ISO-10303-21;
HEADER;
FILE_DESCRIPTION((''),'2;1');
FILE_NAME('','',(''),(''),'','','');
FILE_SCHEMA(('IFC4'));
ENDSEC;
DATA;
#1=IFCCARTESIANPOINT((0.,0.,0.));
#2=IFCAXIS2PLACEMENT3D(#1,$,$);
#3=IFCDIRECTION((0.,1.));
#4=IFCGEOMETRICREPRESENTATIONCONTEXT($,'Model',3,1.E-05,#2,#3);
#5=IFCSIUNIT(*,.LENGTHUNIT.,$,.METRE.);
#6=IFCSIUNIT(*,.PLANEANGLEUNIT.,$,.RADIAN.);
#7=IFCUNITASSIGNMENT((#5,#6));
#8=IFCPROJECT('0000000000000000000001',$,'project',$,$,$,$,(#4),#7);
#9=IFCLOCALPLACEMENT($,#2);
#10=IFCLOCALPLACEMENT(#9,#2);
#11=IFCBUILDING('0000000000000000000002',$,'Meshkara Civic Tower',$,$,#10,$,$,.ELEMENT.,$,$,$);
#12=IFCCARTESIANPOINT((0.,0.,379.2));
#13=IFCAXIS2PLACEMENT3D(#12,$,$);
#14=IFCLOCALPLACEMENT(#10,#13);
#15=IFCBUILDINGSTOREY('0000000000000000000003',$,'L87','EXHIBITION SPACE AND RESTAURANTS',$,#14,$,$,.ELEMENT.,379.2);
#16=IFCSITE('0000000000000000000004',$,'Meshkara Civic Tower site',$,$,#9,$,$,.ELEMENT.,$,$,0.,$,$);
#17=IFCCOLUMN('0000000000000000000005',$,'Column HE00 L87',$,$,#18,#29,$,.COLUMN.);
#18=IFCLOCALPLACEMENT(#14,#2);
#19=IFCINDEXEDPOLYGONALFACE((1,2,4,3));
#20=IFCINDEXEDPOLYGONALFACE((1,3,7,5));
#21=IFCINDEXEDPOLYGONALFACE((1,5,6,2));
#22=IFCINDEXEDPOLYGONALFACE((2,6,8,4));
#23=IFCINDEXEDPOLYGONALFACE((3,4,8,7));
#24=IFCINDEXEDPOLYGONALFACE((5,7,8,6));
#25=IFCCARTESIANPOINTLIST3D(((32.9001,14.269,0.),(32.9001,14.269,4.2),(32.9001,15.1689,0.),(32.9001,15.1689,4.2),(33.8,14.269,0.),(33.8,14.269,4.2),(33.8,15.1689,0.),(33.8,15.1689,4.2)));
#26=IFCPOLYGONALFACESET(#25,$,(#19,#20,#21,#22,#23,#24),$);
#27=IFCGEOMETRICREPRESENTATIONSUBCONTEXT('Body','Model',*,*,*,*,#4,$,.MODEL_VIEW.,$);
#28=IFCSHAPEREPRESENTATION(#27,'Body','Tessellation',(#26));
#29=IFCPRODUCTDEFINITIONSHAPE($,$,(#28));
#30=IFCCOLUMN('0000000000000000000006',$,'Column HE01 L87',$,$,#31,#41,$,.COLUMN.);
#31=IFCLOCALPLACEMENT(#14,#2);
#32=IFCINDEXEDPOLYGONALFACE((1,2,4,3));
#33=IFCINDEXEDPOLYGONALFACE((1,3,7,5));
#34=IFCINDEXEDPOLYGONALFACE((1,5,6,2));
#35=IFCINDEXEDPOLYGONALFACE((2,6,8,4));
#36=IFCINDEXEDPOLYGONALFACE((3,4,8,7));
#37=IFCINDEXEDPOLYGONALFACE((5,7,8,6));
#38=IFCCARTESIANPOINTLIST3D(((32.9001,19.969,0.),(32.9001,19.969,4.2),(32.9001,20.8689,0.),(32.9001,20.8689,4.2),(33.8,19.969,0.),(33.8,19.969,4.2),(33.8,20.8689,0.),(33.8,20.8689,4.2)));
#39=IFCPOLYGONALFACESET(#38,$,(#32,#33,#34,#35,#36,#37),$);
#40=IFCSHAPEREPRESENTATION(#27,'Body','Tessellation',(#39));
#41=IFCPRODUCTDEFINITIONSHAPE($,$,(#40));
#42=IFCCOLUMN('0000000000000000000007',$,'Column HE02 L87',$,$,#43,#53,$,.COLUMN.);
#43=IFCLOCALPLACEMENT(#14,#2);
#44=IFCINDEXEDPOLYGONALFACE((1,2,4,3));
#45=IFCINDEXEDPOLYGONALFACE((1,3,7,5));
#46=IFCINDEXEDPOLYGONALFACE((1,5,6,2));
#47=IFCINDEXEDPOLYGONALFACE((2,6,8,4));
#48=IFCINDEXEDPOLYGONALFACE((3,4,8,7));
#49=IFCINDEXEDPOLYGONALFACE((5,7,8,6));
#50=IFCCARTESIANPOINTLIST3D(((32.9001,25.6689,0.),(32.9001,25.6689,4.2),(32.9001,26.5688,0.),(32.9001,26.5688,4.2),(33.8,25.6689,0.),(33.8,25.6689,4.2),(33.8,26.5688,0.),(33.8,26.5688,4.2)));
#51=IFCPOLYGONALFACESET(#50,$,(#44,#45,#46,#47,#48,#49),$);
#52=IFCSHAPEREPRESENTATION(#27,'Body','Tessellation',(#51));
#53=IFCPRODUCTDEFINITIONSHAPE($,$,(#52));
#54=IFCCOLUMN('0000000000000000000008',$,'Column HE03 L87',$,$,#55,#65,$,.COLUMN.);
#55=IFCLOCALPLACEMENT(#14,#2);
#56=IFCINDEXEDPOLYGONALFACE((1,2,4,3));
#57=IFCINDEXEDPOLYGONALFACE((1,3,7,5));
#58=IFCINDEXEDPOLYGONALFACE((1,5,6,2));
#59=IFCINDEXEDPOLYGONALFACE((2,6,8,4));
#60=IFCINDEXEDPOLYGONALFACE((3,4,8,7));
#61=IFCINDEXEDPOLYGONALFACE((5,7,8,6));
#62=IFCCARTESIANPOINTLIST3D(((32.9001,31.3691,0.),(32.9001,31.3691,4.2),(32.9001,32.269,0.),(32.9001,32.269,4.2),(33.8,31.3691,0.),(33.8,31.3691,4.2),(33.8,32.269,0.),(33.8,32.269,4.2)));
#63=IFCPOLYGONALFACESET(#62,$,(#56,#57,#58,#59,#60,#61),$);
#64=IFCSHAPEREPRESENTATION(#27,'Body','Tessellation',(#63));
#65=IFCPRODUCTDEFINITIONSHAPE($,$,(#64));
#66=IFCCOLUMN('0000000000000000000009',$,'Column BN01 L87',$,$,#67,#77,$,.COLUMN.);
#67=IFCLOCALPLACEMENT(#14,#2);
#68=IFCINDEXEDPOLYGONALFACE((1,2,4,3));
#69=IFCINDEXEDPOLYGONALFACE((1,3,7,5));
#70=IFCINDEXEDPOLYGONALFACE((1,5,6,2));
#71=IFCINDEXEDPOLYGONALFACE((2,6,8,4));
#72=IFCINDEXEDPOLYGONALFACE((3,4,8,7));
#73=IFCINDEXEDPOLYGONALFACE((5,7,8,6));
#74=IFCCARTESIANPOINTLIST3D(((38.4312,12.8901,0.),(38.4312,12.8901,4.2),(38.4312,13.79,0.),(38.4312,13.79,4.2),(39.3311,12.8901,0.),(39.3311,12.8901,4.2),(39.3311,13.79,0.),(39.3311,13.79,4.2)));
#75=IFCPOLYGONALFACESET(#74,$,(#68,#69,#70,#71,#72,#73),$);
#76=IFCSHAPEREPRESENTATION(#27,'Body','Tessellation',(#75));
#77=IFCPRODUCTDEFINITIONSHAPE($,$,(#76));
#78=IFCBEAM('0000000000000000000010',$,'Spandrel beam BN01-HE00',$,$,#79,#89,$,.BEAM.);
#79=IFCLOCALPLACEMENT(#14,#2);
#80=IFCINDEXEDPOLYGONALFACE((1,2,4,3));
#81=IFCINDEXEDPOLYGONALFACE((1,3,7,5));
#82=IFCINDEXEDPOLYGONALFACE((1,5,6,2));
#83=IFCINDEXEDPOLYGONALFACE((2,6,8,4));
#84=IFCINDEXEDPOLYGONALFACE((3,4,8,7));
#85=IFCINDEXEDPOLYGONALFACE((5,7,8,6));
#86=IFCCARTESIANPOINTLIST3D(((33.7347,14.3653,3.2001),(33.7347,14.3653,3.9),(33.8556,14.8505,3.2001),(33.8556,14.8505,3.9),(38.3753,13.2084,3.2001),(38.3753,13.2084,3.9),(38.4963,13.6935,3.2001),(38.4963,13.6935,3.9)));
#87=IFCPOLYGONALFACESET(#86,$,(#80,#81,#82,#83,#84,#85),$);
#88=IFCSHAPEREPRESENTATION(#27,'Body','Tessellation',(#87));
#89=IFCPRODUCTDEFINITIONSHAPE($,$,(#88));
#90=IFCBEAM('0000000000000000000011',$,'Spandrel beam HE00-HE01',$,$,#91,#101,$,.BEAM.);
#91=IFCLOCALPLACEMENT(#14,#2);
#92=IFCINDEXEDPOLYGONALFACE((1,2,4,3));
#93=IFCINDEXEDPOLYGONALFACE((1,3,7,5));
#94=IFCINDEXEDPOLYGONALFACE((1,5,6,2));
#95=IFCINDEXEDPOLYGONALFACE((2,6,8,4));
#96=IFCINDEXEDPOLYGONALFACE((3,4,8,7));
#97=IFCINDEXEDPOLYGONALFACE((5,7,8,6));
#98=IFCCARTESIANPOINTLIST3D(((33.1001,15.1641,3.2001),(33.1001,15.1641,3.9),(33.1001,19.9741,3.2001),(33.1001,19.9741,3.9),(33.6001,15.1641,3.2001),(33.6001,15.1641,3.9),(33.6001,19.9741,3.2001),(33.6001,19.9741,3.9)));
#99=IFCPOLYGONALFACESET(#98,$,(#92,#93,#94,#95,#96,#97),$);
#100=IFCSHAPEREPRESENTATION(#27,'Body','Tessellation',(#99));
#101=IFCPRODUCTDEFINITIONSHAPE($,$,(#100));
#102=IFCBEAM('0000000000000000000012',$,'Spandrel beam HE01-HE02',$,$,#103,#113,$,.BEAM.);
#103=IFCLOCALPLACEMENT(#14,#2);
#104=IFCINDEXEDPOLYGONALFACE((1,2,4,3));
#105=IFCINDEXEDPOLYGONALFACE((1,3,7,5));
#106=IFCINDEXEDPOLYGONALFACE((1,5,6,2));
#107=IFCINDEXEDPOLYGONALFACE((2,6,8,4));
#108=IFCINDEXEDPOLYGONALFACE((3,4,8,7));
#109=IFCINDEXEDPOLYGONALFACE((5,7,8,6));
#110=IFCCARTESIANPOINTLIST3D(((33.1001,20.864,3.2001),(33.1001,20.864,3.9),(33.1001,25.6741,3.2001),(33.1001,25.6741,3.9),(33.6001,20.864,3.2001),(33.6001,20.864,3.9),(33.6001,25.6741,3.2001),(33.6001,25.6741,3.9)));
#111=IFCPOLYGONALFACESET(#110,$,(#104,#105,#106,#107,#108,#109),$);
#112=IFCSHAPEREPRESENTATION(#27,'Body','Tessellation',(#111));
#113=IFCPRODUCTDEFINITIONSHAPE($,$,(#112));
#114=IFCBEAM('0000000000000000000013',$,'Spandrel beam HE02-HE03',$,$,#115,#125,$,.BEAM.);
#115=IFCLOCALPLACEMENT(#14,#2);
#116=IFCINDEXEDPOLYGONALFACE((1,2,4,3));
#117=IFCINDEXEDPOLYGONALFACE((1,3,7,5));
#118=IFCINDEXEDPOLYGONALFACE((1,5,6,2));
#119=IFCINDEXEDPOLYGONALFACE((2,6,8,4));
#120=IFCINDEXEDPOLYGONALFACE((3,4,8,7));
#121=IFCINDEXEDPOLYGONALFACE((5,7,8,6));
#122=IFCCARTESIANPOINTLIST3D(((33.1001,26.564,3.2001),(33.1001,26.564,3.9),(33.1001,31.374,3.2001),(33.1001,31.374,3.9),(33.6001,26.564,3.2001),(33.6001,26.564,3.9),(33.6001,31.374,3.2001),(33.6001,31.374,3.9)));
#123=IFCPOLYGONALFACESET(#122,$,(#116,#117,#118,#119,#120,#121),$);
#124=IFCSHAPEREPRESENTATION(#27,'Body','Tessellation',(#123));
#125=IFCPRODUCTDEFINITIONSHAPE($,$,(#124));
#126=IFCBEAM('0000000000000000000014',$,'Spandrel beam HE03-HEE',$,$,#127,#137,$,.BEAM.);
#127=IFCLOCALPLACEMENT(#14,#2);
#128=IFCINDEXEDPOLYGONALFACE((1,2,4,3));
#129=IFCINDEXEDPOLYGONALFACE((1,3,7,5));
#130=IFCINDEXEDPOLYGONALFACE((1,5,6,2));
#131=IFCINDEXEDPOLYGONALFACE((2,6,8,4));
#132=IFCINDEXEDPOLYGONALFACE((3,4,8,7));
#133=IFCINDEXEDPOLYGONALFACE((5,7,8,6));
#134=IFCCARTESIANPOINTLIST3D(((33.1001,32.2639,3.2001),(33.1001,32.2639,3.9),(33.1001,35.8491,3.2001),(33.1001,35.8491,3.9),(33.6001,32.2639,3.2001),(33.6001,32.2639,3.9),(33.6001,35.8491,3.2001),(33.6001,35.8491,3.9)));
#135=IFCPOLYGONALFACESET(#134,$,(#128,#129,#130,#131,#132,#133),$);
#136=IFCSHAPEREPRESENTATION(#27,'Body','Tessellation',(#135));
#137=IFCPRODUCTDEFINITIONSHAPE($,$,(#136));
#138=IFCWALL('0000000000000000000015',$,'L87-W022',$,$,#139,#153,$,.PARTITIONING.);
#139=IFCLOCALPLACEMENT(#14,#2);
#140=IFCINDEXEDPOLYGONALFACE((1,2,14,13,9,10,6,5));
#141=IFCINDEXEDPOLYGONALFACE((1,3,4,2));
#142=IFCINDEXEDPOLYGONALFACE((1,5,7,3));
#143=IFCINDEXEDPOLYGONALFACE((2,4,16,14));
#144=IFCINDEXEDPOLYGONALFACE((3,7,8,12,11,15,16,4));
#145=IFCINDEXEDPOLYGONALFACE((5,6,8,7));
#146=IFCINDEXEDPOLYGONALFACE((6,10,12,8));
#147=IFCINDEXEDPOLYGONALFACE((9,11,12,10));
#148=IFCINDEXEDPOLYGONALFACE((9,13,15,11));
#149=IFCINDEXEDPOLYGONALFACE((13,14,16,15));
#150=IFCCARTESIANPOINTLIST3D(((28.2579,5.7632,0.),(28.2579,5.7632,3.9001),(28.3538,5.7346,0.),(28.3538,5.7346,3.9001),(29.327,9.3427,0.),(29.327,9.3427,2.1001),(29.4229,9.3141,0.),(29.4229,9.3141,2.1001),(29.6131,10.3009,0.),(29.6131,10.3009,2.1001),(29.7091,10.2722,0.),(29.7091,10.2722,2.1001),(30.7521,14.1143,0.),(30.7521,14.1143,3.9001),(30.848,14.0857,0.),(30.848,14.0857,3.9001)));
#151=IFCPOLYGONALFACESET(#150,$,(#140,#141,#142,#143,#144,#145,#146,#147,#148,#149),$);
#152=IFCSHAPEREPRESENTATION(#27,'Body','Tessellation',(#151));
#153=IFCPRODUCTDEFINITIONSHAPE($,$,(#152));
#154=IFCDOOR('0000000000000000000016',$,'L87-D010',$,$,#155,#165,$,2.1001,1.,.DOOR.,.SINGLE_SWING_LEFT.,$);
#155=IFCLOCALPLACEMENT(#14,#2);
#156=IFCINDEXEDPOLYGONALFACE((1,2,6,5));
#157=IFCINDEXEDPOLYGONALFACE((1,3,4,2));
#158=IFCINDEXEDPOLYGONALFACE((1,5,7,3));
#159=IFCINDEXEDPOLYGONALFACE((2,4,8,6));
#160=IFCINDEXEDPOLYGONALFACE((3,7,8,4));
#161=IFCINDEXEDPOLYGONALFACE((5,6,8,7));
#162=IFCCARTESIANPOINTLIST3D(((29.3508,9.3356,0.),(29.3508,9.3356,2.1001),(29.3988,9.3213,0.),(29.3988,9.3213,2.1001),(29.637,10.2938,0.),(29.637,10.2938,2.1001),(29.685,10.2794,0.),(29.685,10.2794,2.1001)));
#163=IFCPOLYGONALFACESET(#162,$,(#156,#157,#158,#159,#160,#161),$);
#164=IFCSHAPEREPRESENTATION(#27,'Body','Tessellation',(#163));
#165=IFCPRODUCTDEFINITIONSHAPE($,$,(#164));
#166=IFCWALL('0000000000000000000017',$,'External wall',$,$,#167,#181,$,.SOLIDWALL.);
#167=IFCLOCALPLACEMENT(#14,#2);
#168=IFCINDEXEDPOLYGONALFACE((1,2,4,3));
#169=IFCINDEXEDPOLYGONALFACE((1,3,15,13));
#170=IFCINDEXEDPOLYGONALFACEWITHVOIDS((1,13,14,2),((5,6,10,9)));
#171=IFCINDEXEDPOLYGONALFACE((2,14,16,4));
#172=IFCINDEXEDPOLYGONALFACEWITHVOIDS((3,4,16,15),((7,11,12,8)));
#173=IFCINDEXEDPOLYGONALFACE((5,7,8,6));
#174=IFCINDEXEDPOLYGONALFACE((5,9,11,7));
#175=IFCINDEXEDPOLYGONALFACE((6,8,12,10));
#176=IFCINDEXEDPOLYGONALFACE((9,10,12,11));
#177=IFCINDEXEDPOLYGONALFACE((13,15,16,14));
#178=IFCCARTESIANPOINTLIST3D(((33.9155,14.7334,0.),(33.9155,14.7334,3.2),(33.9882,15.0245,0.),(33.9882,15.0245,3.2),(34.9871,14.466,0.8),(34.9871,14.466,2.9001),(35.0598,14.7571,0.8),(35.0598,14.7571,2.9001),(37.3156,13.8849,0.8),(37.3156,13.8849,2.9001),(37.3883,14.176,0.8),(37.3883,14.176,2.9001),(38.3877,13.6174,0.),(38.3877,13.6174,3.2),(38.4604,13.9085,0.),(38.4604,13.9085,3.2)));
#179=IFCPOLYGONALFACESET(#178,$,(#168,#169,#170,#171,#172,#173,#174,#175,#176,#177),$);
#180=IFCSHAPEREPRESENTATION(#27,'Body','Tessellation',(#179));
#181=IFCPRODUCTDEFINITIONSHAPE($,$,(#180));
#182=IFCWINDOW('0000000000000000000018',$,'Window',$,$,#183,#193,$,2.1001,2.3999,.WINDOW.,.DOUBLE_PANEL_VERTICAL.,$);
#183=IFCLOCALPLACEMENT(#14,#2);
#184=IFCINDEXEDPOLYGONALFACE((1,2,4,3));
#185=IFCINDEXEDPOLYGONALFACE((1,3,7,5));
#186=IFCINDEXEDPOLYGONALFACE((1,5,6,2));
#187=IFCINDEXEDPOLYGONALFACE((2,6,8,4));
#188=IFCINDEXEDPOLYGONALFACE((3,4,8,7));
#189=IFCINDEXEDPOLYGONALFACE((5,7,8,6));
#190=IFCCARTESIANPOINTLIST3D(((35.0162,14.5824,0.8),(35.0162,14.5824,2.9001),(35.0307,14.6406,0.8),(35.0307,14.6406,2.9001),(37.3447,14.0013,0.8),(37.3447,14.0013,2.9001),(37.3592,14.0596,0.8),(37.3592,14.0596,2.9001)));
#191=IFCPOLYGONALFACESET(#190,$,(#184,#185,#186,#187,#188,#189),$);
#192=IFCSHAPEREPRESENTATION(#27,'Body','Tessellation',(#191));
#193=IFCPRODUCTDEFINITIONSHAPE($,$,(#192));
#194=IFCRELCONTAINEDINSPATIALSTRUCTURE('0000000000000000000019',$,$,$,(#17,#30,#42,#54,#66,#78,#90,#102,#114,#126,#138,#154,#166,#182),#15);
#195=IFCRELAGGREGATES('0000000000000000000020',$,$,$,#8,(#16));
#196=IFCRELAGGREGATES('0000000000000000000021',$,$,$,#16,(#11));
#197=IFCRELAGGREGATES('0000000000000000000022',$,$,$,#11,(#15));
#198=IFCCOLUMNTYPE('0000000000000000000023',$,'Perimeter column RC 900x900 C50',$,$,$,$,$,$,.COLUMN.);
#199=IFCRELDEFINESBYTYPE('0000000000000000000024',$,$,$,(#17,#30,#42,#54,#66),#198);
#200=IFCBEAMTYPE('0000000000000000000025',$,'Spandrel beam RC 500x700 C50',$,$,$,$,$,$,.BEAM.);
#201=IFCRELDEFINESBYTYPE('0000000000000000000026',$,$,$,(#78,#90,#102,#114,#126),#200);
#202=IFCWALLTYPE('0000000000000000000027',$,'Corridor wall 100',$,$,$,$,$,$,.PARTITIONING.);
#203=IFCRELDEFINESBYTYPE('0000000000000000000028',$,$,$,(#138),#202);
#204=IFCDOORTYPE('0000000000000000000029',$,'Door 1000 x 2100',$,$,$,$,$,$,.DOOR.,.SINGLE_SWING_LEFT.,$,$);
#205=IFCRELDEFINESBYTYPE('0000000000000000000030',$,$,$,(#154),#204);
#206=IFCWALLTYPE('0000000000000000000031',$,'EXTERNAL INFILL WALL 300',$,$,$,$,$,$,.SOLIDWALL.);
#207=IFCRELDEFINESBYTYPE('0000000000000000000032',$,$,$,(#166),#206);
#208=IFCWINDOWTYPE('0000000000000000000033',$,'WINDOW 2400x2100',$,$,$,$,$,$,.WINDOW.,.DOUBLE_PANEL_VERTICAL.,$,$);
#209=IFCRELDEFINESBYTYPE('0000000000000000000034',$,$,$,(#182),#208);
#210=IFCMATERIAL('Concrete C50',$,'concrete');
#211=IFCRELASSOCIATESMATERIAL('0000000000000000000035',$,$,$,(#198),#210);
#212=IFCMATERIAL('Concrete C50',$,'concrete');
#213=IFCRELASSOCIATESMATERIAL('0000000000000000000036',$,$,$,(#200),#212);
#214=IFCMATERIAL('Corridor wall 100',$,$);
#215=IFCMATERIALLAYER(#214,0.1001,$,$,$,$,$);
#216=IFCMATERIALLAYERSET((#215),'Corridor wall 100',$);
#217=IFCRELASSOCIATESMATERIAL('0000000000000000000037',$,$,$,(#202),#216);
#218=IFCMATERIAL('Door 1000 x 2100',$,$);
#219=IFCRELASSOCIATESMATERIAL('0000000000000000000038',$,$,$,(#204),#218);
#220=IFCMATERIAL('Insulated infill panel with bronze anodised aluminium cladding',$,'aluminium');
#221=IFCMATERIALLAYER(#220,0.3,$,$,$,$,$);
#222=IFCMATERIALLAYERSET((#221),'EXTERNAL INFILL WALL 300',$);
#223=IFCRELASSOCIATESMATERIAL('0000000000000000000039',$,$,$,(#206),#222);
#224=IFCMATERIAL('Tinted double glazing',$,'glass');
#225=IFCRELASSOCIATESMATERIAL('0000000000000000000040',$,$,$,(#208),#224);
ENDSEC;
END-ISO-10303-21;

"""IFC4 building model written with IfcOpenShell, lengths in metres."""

from ifc_helpers import new_model, si_unit, direction, frame, frame_2d, origin, origin_2d, place, context, subcontext, project, spatial, rectangle, extrude, material, layer, layer_set, material_profile, profile_set, type_object, element, fill, save


model = new_model("IFC4")

# Units and contexts
model_context = context("Model", 3, precision=1e-05, world=origin(), true_north=direction((0.0, 1.0)))
body_context = subcontext(model_context, "Body", "Model", "MODEL_VIEW")
ifc_project = project(units=[si_unit("LENGTHUNIT", "METRE"), si_unit("PLANEANGLEUNIT", "RADIAN")], contexts=[model_context])

# Site, building, storey
site_placement = place(None, origin())
site = spatial("IfcSite", under=ifc_project, at=site_placement, Name="Meshkara Civic Tower site", CompositionType="ELEMENT", RefElevation=0.0)
building_placement = place(site_placement, origin())
building = spatial("IfcBuilding", under=site, at=building_placement, Name="Meshkara Civic Tower", CompositionType="ELEMENT")
storey_placement = place(building_placement, frame((0.0, 0.0, 379.2)))
storey = spatial("IfcBuildingStorey", under=building, at=storey_placement, Name="L87", Description="EXHIBITION SPACE AND RESTAURANTS", CompositionType="ELEMENT", Elevation=379.2)

# Columns
ifc_material_1 = material(Name="Concrete C50", Category="concrete")
ifc_material_profile_1 = material_profile(ifc_material_1, rectangle(XDim=0.8999, YDim=0.8999, at=origin_2d()))
ifc_profile_set_1 = profile_set([ifc_material_profile_1], Name="Concrete C50")
column_type = type_object("IfcColumnType", Name="Perimeter column RC 900x900 C50", PredefinedType="COLUMN", material=ifc_profile_set_1)
for number, where, z_axis, x_axis, name in (
    (1, (33.3501, 14.719, 0.0), (0.0, 0.0, 1.0), (1.0, 0.0, 0.0), "Column HE00 L87"),
    (2, (33.3501, 20.4189, 0.0), (0.0, 0.0, 1.0), (1.0, 0.0, 0.0), "Column HE01 L87"),
    (3, (33.3501, 26.1189, 0.0), (0.0, 0.0, 1.0), (1.0, 0.0, 0.0), "Column HE02 L87"),
    (4, (33.3501, 31.8191, 0.0), (0.0, 0.0, 1.0), (1.0, 0.0, 0.0), "Column HE03 L87"),
    (5, (38.8811, 13.3401, 0.0), (0.0, 0.0, 1.0), (1.0, 0.0, 0.0), "Column BN01 L87"),
):
    element("IfcColumn", number, at=place(storey_placement, frame(where, z_axis=z_axis, x_axis=x_axis)), inside=storey, type_object=column_type, Name=name, PredefinedType="COLUMN", context=body_context, shape_type="SweptSolid", body=[
        extrude(rectangle(XDim=0.8999, YDim=0.8999, at=origin_2d()), origin(), (0.0, 0.0, 1.0), 4.2),
    ])

# Beams
ifc_material_2 = material(Name="Concrete C50", Category="concrete")
ifc_material_profile_2 = material_profile(ifc_material_2, rectangle(XDim=0.5, YDim=0.7, at=origin_2d()))
ifc_profile_set_2 = profile_set([ifc_material_profile_2], Name="Concrete C50")
beam_type = type_object("IfcBeamType", Name="Spandrel beam RC 500x700 C50", PredefinedType="BEAM", material=ifc_profile_set_2)
beam_1_placement = place(storey_placement, frame((38.4358, 13.4509, 3.55), z_axis=(-0.970298, 0.241911, 0.0), x_axis=(-0.241911, -0.970298, 0.0)))
element("IfcBeam", 6, at=beam_1_placement, inside=storey, type_object=beam_type, Name="Spandrel beam BN01-HE00", PredefinedType="BEAM", context=body_context, shape_type="SweptSolid", body=[
    extrude(rectangle(XDim=0.5, YDim=0.7, at=origin_2d()), origin(), (0.0, 0.0, 1.0), 4.7827),
])
for number, where, z_axis, x_axis, name in (
    (7, (33.3501, 15.1641, 3.55), (0.0, 1.0, 0.0), (-1.0, 0.0, 0.0), "Spandrel beam HE00-HE01"),
    (8, (33.3501, 20.864, 3.55), (0.0, 1.0, 0.0), (-1.0, 0.0, 0.0), "Spandrel beam HE01-HE02"),
    (9, (33.3501, 26.564, 3.55), (0.0, 1.0, 0.0), (-1.0, 0.0, 0.0), "Spandrel beam HE02-HE03"),
):
    element("IfcBeam", number, at=place(storey_placement, frame(where, z_axis=z_axis, x_axis=x_axis)), inside=storey, type_object=beam_type, Name=name, PredefinedType="BEAM", context=body_context, shape_type="SweptSolid", body=[
        extrude(rectangle(XDim=0.5, YDim=0.7, at=origin_2d()), origin(), (0.0, 0.0, 1.0), 4.8101),
    ])
beam_2_placement = place(storey_placement, frame((33.3501, 32.2639, 3.55), z_axis=(0.0, 1.0, 0.0), x_axis=(-1.0, 0.0, 0.0)))
element("IfcBeam", 10, at=beam_2_placement, inside=storey, type_object=beam_type, Name="Spandrel beam HE03-HEE", PredefinedType="BEAM", context=body_context, shape_type="SweptSolid", body=[
    extrude(rectangle(XDim=0.5, YDim=0.7, at=origin_2d()), origin(), (0.0, 0.0, 1.0), 3.5852),
])

# Wall, opening, door
ifc_material_3 = material(Name="Corridor wall 100")
ifc_layer_1 = layer(ifc_material_3, 0.1001)
ifc_layer_set_1 = layer_set([ifc_layer_1], Name="Corridor wall 100")
wall_type_1 = type_object("IfcWallType", Name="Corridor wall 100", PredefinedType="PARTITIONING", material=ifc_layer_set_1)
wall_1_placement = place(storey_placement, frame((30.8, 14.1001, 0.0), z_axis=(0.0, 0.0, 1.0), x_axis=(-0.286171, -0.958179, 0.0)))
wall_1 = element("IfcWall", 11, at=wall_1_placement, inside=storey, type_object=wall_type_1, Name="L87-W022", PredefinedType="PARTITIONING", context=body_context, shape_type="SweptSolid", body=[
    extrude(rectangle(XDim=8.7156, YDim=0.1001, at=frame_2d((4.3579, 0.0))), origin(), (0.0, 0.0, 1.0), 3.9001),
])
opening_1_placement = place(wall_1_placement, frame((3.98, 0.0, 0.0)))
opening_1 = element("IfcOpeningElement", 12, at=opening_1_placement, cuts=wall_1, PredefinedType="OPENING", context=body_context, shape_type="SweptSolid", body=[
    extrude(rectangle(XDim=1.0, YDim=2.1001, at=frame_2d((0.5, 1.05))), frame((0.0, 0.0601, 0.0), z_axis=(0.0, -1.0, 0.0), x_axis=(1.0, 0.0, 0.0)), (0.0, 0.0, 1.0), 0.1201),
])
ifc_material_4 = material(Name="Door 1000 x 2100")
door_type = type_object("IfcDoorType", Name="Door 1000 x 2100", OperationType="SINGLE_SWING_LEFT", PredefinedType="DOOR", material=ifc_material_4)
door_placement = place(opening_1_placement, origin())
door = element("IfcDoor", 13, at=door_placement, inside=storey, type_object=door_type, Name="L87-D010", OperationType="SINGLE_SWING_LEFT", OverallHeight=2.1001, OverallWidth=1.0, PredefinedType="DOOR", context=body_context, shape_type="SweptSolid", body=[
    extrude(rectangle(XDim=1.0, YDim=2.1001, at=frame_2d((0.5, 1.05))), frame((0.0, 0.0249, 0.0), z_axis=(0.0, -1.0, 0.0), x_axis=(1.0, 0.0, 0.0)), (0.0, 0.0, 1.0), 0.05),
])
fill(opening_1, door)

# Wall, opening, window
ifc_material_5 = material(Name="Insulated infill panel with bronze anodised aluminium cladding", Category="aluminium")
ifc_layer_2 = layer(ifc_material_5, 0.3)
ifc_layer_set_2 = layer_set([ifc_layer_2], Name="EXTERNAL INFILL WALL 300")
wall_type_2 = type_object("IfcWallType", Name="EXTERNAL INFILL WALL 300", PredefinedType="SOLIDWALL", material=ifc_layer_set_2)
wall_2_placement = place(storey_placement, frame((38.4241, 13.7629, 0.0), z_axis=(0.0, 0.0, 1.0), x_axis=(-0.970248, 0.242112, 0.0)))
wall_2 = element("IfcWall", 14, at=wall_2_placement, inside=storey, type_object=wall_type_2, Name="External wall", PredefinedType="SOLIDWALL", context=body_context, shape_type="SweptSolid", body=[
    extrude(rectangle(XDim=4.6094, YDim=0.3, at=frame_2d((2.3047, 0.0))), origin(), (0.0, 0.0, 1.0), 3.2),
])
opening_2_placement = place(wall_2_placement, frame((1.105, 0.0, 0.8)))
opening_2 = element("IfcOpeningElement", 15, at=opening_2_placement, cuts=wall_2, PredefinedType="OPENING", context=body_context, shape_type="SweptSolid", body=[
    extrude(rectangle(XDim=2.3999, YDim=2.1001, at=frame_2d((1.2, 1.05))), frame((0.0, 0.1599, 0.0), z_axis=(0.0, -1.0, 0.0), x_axis=(1.0, 0.0, 0.0)), (0.0, 0.0, 1.0), 0.3201),
])
ifc_material_6 = material(Name="Tinted double glazing", Category="glass")
window_type = type_object("IfcWindowType", Name="WINDOW 2400x2100", PartitioningType="DOUBLE_PANEL_VERTICAL", PredefinedType="WINDOW", material=ifc_material_6)
window_1_placement = place(opening_2_placement, origin())
window_1 = element("IfcWindow", 16, at=window_1_placement, inside=storey, type_object=window_type, Name="Window", OverallHeight=2.1001, OverallWidth=2.3999, PartitioningType="DOUBLE_PANEL_VERTICAL", PredefinedType="WINDOW", context=body_context, shape_type="SweptSolid", body=[
    extrude(rectangle(XDim=2.3999, YDim=2.1001, at=frame_2d((1.2, 1.05))), frame((0.0, 0.03, 0.0), z_axis=(0.0, -1.0, 0.0), x_axis=(1.0, 0.0, 0.0)), (0.0, 0.0, 1.0), 0.0601),
])
fill(opening_2, window_1)

save(model, "model.ifc")
